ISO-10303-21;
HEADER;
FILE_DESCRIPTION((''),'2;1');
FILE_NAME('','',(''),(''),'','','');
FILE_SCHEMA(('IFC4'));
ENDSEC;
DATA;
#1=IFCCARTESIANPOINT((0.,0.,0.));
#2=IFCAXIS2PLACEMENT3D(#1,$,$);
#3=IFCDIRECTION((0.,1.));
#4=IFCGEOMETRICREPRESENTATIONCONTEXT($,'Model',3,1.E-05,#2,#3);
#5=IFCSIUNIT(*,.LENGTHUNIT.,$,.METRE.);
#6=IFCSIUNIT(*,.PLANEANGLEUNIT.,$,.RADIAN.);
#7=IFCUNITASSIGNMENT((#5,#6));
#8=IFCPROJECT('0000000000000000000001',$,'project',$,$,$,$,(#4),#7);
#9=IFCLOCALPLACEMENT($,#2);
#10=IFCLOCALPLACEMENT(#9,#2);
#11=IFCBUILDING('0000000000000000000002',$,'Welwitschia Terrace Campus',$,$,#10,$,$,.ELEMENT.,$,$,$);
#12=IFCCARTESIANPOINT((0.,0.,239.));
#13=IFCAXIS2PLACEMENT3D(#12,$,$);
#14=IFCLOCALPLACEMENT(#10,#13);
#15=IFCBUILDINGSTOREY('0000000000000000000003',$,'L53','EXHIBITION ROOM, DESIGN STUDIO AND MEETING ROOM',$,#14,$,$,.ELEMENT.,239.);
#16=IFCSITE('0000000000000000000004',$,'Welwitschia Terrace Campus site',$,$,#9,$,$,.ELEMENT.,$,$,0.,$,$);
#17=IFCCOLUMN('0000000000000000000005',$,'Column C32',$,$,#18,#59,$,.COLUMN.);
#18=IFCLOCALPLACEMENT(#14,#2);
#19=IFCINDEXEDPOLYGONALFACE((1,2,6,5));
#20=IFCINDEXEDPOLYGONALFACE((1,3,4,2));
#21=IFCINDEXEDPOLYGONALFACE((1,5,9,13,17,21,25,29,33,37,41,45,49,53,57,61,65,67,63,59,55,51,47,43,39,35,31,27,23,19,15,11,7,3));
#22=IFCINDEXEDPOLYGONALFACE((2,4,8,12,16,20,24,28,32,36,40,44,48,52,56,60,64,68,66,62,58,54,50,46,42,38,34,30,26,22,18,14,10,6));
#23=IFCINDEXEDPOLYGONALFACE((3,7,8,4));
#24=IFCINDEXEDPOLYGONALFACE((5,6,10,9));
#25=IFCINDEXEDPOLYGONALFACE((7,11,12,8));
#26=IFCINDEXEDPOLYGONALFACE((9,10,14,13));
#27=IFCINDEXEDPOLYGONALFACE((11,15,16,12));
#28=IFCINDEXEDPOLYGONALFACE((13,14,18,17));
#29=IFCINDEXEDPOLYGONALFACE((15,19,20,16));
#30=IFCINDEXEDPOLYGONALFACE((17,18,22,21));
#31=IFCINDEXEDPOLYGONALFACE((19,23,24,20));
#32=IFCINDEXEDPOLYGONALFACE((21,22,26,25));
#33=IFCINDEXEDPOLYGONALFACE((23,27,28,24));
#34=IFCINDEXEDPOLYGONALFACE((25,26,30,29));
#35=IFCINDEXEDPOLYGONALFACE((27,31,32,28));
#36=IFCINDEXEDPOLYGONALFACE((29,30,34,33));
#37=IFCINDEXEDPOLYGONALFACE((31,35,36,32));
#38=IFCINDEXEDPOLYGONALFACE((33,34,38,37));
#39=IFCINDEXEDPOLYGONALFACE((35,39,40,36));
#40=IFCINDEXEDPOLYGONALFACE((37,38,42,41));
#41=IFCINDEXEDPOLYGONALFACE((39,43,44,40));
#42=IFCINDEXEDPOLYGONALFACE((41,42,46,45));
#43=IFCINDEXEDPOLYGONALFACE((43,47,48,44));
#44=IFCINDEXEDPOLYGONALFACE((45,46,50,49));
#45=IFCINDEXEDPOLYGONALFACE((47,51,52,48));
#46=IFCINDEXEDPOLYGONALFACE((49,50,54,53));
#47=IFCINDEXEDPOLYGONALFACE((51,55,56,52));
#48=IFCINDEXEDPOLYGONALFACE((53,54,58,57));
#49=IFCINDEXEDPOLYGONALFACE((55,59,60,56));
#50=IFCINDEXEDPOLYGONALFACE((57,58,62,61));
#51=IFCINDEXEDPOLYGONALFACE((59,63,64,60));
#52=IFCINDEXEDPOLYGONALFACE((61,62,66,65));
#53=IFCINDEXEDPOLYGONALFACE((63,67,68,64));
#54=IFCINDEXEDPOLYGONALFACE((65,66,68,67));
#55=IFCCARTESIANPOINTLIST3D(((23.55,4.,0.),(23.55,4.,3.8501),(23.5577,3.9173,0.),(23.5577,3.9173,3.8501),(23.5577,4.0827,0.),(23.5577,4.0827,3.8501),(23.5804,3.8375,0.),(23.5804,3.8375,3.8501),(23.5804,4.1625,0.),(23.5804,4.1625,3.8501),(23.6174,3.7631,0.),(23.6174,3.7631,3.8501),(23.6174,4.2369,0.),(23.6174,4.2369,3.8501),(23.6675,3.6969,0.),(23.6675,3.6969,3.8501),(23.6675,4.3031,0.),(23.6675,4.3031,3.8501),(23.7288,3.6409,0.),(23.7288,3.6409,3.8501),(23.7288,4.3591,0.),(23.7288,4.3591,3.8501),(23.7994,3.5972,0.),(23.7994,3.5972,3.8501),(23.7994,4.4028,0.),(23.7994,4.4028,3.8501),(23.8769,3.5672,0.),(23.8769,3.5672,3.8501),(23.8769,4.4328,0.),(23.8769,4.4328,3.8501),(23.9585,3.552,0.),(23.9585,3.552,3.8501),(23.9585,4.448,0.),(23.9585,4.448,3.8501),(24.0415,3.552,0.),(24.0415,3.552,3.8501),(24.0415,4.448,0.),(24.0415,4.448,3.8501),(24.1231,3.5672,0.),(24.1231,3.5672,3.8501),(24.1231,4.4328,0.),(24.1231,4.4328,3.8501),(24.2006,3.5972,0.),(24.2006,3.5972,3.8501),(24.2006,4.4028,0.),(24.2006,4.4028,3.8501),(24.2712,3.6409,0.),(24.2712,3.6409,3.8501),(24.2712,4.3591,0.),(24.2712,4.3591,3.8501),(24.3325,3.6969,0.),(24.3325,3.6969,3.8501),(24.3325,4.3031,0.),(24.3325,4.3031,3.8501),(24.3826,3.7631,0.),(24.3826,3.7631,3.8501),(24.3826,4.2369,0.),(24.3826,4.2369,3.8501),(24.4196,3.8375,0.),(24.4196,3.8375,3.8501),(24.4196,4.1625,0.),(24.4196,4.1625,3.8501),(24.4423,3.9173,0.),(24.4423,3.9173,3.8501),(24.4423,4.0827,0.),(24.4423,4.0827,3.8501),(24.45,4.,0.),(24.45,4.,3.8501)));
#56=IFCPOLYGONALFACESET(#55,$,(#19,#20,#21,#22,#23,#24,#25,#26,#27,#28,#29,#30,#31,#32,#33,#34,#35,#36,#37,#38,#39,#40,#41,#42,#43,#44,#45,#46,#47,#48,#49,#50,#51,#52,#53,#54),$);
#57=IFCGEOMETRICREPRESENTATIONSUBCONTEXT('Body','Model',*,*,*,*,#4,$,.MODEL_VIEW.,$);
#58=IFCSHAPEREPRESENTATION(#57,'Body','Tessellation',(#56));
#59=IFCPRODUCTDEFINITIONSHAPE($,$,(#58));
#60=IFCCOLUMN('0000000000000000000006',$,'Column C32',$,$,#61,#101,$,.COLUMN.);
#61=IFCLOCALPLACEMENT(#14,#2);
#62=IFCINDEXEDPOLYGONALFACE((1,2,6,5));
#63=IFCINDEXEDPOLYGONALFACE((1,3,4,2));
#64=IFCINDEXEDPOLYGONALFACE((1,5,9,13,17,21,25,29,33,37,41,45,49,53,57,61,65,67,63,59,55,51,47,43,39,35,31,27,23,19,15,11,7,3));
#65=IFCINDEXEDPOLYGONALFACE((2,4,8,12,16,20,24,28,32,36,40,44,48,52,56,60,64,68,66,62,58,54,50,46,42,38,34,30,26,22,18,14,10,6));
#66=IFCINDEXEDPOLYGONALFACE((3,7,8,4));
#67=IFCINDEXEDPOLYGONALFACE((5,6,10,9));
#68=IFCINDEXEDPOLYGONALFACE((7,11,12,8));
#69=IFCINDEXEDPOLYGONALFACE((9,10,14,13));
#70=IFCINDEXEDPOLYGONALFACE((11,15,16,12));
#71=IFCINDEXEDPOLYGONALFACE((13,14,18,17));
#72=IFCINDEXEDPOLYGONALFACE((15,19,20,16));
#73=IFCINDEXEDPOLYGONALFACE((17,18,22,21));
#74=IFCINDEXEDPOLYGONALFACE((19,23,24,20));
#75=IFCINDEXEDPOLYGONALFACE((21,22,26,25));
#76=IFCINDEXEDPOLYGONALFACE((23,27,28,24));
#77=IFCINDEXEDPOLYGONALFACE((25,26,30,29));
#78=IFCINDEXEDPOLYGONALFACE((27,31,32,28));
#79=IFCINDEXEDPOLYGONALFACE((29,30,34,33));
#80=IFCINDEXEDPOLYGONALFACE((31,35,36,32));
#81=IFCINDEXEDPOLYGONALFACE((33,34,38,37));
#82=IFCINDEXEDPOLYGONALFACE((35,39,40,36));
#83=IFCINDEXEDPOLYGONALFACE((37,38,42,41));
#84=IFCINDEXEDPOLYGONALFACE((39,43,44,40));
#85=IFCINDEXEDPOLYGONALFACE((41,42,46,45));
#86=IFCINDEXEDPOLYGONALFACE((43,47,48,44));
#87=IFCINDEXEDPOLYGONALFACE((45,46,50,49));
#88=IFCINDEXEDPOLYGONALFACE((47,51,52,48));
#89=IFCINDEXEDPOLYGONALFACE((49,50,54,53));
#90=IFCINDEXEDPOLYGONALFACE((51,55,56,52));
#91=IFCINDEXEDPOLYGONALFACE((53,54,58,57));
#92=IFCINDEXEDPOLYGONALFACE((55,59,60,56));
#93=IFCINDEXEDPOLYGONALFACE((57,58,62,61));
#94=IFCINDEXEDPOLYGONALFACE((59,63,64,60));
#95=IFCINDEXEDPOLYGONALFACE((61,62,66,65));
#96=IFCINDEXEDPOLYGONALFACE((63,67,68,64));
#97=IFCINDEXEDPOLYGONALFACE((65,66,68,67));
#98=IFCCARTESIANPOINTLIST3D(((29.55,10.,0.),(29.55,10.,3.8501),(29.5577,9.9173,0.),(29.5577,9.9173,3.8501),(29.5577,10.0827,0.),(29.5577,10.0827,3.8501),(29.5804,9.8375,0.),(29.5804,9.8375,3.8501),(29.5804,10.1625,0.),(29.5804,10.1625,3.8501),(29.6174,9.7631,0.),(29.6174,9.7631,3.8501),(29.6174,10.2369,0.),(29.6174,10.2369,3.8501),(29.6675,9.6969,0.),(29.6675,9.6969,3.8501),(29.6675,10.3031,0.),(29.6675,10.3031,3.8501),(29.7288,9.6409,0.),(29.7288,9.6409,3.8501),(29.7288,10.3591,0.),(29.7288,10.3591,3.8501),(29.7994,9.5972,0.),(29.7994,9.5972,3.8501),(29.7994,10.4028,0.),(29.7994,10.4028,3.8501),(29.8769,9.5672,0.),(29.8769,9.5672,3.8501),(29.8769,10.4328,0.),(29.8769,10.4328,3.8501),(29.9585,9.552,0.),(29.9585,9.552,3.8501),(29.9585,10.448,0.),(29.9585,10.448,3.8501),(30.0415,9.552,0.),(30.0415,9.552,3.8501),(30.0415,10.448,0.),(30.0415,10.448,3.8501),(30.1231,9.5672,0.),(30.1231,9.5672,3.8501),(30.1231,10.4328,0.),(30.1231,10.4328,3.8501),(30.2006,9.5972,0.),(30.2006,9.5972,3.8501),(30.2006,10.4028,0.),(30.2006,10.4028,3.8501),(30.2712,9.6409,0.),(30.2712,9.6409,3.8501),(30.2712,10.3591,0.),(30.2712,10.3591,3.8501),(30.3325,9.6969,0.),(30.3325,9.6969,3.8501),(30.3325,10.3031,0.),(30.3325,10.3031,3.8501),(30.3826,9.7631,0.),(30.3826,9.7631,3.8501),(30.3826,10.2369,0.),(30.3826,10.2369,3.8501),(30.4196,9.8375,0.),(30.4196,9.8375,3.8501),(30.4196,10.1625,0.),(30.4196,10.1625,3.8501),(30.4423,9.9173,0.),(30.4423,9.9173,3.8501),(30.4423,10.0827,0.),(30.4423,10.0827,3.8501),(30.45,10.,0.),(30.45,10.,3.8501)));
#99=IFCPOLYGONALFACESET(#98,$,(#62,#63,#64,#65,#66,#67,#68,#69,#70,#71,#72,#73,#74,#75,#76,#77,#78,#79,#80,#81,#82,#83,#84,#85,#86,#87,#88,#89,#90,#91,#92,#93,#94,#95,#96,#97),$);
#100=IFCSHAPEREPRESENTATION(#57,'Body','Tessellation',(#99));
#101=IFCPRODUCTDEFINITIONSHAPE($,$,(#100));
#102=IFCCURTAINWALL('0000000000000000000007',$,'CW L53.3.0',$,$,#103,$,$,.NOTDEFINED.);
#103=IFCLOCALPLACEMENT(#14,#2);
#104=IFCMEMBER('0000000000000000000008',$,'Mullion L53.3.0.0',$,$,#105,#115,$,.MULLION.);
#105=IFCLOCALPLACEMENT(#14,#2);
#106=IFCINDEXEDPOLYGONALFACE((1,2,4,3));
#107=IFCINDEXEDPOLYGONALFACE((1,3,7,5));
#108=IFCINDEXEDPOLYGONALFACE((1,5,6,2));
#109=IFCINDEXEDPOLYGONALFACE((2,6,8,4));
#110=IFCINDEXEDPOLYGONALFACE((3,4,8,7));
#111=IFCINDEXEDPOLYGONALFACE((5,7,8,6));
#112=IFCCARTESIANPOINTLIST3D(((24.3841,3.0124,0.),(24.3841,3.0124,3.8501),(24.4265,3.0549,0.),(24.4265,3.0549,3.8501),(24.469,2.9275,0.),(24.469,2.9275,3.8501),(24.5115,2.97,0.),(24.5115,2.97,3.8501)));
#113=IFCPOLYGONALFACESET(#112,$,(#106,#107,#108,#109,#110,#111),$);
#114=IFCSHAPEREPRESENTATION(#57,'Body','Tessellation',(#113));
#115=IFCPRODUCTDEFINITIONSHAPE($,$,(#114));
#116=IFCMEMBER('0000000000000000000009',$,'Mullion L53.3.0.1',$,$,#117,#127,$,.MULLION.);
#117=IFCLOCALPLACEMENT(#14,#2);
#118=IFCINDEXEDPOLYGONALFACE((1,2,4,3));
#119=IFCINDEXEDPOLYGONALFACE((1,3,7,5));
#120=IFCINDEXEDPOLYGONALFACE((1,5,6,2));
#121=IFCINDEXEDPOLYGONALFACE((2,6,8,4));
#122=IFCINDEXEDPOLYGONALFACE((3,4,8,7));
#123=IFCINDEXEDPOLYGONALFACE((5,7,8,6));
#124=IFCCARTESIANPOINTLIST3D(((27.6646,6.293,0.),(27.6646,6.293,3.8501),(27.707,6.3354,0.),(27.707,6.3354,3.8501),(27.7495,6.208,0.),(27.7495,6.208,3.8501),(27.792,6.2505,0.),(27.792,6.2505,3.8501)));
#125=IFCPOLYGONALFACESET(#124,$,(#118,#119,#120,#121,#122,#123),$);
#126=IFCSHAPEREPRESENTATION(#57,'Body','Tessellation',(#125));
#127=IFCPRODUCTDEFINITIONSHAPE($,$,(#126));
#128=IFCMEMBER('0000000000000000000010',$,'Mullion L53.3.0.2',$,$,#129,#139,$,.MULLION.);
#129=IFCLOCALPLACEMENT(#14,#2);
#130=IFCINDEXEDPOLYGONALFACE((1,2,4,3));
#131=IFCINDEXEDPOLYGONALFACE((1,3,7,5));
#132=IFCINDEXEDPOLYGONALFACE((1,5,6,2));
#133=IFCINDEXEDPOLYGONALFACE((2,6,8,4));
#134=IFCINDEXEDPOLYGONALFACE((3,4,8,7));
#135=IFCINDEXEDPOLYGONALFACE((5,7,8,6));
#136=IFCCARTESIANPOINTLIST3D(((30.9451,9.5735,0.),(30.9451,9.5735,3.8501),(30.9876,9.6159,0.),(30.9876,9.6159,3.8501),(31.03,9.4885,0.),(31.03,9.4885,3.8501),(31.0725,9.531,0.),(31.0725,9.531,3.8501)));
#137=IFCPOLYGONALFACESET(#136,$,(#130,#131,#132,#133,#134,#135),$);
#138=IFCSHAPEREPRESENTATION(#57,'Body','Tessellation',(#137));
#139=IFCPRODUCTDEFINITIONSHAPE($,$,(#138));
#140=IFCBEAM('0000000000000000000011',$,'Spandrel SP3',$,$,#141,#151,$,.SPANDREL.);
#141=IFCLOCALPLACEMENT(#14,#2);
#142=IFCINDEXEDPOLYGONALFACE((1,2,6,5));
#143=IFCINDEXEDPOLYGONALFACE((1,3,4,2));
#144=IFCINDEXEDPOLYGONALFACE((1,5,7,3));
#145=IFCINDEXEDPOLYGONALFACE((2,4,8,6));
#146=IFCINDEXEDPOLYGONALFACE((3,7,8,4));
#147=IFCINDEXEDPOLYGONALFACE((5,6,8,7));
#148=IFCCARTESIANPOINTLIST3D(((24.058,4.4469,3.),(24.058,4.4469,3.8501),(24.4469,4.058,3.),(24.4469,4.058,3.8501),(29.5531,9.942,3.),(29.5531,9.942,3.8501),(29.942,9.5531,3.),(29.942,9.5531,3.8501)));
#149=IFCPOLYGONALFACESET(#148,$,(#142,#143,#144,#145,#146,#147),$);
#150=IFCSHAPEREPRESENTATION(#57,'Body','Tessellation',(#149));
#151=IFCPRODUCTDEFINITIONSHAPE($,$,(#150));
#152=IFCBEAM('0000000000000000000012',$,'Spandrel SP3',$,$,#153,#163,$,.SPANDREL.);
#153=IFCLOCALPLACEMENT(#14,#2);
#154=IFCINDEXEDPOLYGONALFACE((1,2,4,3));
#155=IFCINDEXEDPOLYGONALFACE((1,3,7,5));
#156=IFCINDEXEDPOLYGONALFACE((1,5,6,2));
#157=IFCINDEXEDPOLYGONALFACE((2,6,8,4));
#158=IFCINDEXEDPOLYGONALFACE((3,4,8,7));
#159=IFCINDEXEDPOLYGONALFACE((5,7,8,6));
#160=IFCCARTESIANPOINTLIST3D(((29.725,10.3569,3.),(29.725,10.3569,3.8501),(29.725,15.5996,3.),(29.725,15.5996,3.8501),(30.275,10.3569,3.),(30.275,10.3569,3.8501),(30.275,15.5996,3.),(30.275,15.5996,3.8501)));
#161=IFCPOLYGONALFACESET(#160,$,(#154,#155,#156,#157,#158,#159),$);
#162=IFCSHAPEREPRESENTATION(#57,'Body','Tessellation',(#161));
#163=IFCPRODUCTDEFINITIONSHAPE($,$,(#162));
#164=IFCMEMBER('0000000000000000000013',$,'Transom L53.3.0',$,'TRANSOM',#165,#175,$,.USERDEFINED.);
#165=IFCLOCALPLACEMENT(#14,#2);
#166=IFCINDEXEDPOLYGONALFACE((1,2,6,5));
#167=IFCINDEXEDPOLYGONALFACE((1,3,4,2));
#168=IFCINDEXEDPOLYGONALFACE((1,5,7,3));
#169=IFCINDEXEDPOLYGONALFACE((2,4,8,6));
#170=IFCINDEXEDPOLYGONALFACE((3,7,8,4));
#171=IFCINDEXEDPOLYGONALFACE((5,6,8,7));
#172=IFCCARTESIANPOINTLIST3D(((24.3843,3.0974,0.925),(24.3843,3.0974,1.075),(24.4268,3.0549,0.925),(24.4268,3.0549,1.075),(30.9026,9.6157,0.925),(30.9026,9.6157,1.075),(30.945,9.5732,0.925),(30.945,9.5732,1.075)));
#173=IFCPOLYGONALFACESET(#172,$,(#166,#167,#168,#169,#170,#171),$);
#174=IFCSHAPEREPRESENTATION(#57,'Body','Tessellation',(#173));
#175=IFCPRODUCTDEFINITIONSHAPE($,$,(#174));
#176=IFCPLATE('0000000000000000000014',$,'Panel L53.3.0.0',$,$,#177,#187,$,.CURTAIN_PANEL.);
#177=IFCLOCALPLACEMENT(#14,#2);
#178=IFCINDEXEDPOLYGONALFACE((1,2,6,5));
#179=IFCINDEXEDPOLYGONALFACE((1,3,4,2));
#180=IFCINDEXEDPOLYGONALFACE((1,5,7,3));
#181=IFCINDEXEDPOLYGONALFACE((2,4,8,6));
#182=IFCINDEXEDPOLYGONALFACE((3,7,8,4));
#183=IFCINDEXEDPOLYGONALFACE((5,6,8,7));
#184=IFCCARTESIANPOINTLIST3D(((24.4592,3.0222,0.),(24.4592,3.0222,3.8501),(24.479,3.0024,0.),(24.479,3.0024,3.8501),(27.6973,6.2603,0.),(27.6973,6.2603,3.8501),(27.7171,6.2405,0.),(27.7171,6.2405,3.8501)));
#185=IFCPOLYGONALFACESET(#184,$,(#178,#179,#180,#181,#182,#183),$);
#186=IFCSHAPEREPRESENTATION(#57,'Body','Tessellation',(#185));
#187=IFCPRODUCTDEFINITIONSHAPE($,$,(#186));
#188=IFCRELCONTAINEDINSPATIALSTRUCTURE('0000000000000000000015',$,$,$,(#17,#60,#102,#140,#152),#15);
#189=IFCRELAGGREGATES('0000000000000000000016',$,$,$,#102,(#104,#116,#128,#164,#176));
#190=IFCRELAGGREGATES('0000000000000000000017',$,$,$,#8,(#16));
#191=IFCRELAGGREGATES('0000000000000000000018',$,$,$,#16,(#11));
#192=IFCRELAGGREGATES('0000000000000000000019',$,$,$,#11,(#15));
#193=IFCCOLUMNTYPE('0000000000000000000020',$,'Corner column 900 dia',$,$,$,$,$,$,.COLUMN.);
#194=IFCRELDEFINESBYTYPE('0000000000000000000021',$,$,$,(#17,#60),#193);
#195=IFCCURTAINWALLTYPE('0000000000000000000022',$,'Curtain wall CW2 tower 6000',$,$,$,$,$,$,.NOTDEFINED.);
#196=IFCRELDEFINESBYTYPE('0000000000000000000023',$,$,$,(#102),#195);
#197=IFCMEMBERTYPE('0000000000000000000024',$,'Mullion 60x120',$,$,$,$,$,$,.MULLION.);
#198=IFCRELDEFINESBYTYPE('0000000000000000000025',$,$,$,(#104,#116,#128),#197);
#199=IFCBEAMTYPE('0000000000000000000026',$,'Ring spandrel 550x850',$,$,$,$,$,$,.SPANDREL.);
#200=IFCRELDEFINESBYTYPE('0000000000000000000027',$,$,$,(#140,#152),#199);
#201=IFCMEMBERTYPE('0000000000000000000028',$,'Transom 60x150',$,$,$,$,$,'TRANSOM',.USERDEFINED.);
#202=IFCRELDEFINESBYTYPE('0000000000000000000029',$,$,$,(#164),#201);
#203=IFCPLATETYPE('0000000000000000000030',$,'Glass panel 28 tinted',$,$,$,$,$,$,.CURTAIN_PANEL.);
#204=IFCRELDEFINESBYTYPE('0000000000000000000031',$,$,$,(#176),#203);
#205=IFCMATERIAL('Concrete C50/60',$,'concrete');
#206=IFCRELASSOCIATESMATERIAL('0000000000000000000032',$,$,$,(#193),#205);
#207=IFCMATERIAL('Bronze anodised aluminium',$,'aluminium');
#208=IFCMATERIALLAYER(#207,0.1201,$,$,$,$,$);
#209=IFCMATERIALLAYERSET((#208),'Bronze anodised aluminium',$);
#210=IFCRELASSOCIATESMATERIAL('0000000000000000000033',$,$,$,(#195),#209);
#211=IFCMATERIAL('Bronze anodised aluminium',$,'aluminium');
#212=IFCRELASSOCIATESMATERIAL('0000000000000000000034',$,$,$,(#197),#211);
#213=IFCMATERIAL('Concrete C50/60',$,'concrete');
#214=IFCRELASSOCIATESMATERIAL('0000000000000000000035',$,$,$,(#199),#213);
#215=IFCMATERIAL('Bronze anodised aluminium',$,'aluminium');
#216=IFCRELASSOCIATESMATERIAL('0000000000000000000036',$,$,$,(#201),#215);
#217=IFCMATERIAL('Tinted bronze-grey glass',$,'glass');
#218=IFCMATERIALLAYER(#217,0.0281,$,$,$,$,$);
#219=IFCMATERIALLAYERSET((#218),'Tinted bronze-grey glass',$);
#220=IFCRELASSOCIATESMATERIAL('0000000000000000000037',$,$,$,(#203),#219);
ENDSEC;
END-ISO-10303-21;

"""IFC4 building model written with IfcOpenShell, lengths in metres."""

from ifc_helpers import new_model, si_unit, direction, frame, origin, origin_2d, place, context, subcontext, project, spatial, rectangle, circle, extrude, material, layer, layer_set, material_profile, profile_set, type_object, element, aggregate, save


model = new_model("IFC4")

# Units and contexts
model_context = context("Model", 3, precision=1e-05, world=origin(), true_north=direction((0.0, 1.0)))
body_context = subcontext(model_context, "Body", "Model", "MODEL_VIEW")
ifc_project = project(units=[si_unit("LENGTHUNIT", "METRE"), si_unit("PLANEANGLEUNIT", "RADIAN")], contexts=[model_context])

# Site, building, storey
site_placement = place(None, origin())
site = spatial("IfcSite", under=ifc_project, at=site_placement, Name="Welwitschia Terrace Campus site", CompositionType="ELEMENT", RefElevation=0.0)
building_placement = place(site_placement, origin())
building = spatial("IfcBuilding", under=site, at=building_placement, Name="Welwitschia Terrace Campus", CompositionType="ELEMENT")
storey_placement = place(building_placement, frame((0.0, 0.0, 239.0)))
storey = spatial("IfcBuildingStorey", under=building, at=storey_placement, Name="L53", Description="EXHIBITION ROOM, DESIGN STUDIO AND MEETING ROOM", CompositionType="ELEMENT", Elevation=239.0)

# Columns
ifc_material_1 = material(Name="Concrete C50/60", Category="concrete")
ifc_material_profile_1 = material_profile(ifc_material_1, circle(Radius=0.45, at=origin_2d()))
ifc_profile_set_1 = profile_set([ifc_material_profile_1], Name="Concrete C50/60")
column_type = type_object("IfcColumnType", Name="Corner column 900 dia", PredefinedType="COLUMN", material=ifc_profile_set_1)
for number, where, z_axis, x_axis, name in (
    (1, (24.0, 4.0, 0.0), (0.0, 0.0, 1.0), (1.0, 0.0, 0.0), "Column C32"),
    (2, (30.0, 10.0, 0.0), (0.0, 0.0, 1.0), (1.0, 0.0, 0.0), "Column C32"),
):
    element("IfcColumn", number, at=place(storey_placement, frame(where, z_axis=z_axis, x_axis=x_axis)), inside=storey, type_object=column_type, Name=name, PredefinedType="COLUMN", context=body_context, shape_type="SweptSolid", body=[
        extrude(circle(Radius=0.45, at=origin_2d()), origin(), (0.0, 0.0, 1.0), 3.8501),
    ])

# Curtain wall, members
ifc_material_2 = material(Name="Bronze anodised aluminium", Category="aluminium")
ifc_layer_1 = layer(ifc_material_2, 0.1201)
ifc_layer_set_1 = layer_set([ifc_layer_1], Name="Bronze anodised aluminium")
curtain_wall_type = type_object("IfcCurtainWallType", Name="Curtain wall CW2 tower 6000", PredefinedType="NOTDEFINED", material=ifc_layer_set_1)
curtain_wall_placement = place(storey_placement, origin())
curtain_wall = element("IfcCurtainWall", 3, at=curtain_wall_placement, inside=storey, type_object=curtain_wall_type, Name="CW L53.3.0", PredefinedType="NOTDEFINED")
ifc_material_3 = material(Name="Bronze anodised aluminium", Category="aluminium")
ifc_material_profile_2 = material_profile(ifc_material_3, rectangle(XDim=0.1201, YDim=0.0601, at=origin_2d()))
ifc_profile_set_2 = profile_set([ifc_material_profile_2], Name="Bronze anodised aluminium")
member_type_1 = type_object("IfcMemberType", Name="Mullion 60x120", PredefinedType="MULLION", material=ifc_profile_set_2)
member_1_placement = place(storey_placement, frame((24.4478, 2.9912, 0.0), z_axis=(0.0, 0.0, 1.0), x_axis=(-0.707107, 0.707107, 0.0)))
member_1 = element("IfcMember", 4, at=member_1_placement, type_object=member_type_1, Name="Mullion L53.3.0.0", PredefinedType="MULLION", context=body_context, shape_type="SweptSolid", body=[
    extrude(rectangle(XDim=0.1201, YDim=0.0601, at=origin_2d()), origin(), (0.0, 0.0, 1.0), 3.8501),
])
member_2_placement = place(storey_placement, frame((27.7283, 6.2717, 0.0), z_axis=(0.0, 0.0, 1.0), x_axis=(-0.707107, 0.707107, 0.0)))
member_2 = element("IfcMember", 5, at=member_2_placement, type_object=member_type_1, Name="Mullion L53.3.0.1", PredefinedType="MULLION", context=body_context, shape_type="SweptSolid", body=[
    extrude(rectangle(XDim=0.1201, YDim=0.0601, at=origin_2d()), origin(), (0.0, 0.0, 1.0), 3.8501),
])
member_3_placement = place(storey_placement, frame((31.0088, 9.5522, 0.0), z_axis=(0.0, 0.0, 1.0), x_axis=(-0.707107, 0.707107, 0.0)))
member_3 = element("IfcMember", 6, at=member_3_placement, type_object=member_type_1, Name="Mullion L53.3.0.2", PredefinedType="MULLION", context=body_context, shape_type="SweptSolid", body=[
    extrude(rectangle(XDim=0.1201, YDim=0.0601, at=origin_2d()), origin(), (0.0, 0.0, 1.0), 3.8501),
])

# Beams
ifc_material_4 = material(Name="Concrete C50/60", Category="concrete")
ifc_material_profile_3 = material_profile(ifc_material_4, rectangle(XDim=0.55, YDim=0.8501, at=origin_2d()))
ifc_profile_set_3 = profile_set([ifc_material_profile_3], Name="Concrete C50/60")
beam_type = type_object("IfcBeamType", Name="Ring spandrel 550x850", PredefinedType="SPANDREL", material=ifc_profile_set_3)
beam_1_placement = place(storey_placement, frame((24.2524, 4.2524, 3.425), z_axis=(0.707107, 0.707107, 0.0), x_axis=(-0.707107, 0.707107, 0.0)))
element("IfcBeam", 7, at=beam_1_placement, inside=storey, type_object=beam_type, Name="Spandrel SP3", PredefinedType="SPANDREL", context=body_context, shape_type="SweptSolid", body=[
    extrude(rectangle(XDim=0.55, YDim=0.8501, at=origin_2d()), origin(), (0.0, 0.0, 1.0), 7.7712),
])
beam_2_placement = place(storey_placement, frame((30.0, 10.3569, 3.425), z_axis=(0.0, 1.0, 0.0), x_axis=(-1.0, 0.0, 0.0)))
element("IfcBeam", 8, at=beam_2_placement, inside=storey, type_object=beam_type, Name="Spandrel SP3", PredefinedType="SPANDREL", context=body_context, shape_type="SweptSolid", body=[
    extrude(rectangle(XDim=0.55, YDim=0.8501, at=origin_2d()), origin(), (0.0, 0.0, 1.0), 5.2427),
])

# Member
ifc_material_5 = material(Name="Bronze anodised aluminium", Category="aluminium")
ifc_material_profile_4 = material_profile(ifc_material_5, rectangle(XDim=0.0601, YDim=0.1499, at=origin_2d()))
ifc_profile_set_4 = profile_set([ifc_material_profile_4], Name="Bronze anodised aluminium")
member_type_2 = type_object("IfcMemberType", Name="Transom 60x150", ElementType="TRANSOM", PredefinedType="USERDEFINED", material=ifc_profile_set_4)
member_4_placement = place(storey_placement, frame((24.4055, 3.0762, 1.0), z_axis=(0.707107, 0.707107, 0.0), x_axis=(-0.707107, 0.707107, 0.0)))
member_4 = element("IfcMember", 9, at=member_4_placement, type_object=member_type_2, Name="Transom L53.3.0", ObjectType="TRANSOM", PredefinedType="USERDEFINED", context=body_context, shape_type="SweptSolid", body=[
    extrude(rectangle(XDim=0.0601, YDim=0.1499, at=origin_2d()), origin(), (0.0, 0.0, 1.0), 9.2183),
])

# Plate
ifc_material_6 = material(Name="Tinted bronze-grey glass", Category="glass")
ifc_layer_2 = layer(ifc_material_6, 0.0281)
ifc_layer_set_2 = layer_set([ifc_layer_2], Name="Tinted bronze-grey glass")
plate_type = type_object("IfcPlateType", Name="Glass panel 28 tinted", PredefinedType="CURTAIN_PANEL", material=ifc_layer_set_2)
plate_1_placement = place(storey_placement, frame((26.0881, 4.6313, 0.0), z_axis=(0.0, 0.0, 1.0), x_axis=(0.707107, 0.707107, 0.0)))
plate_1 = element("IfcPlate", 10, at=plate_1_placement, type_object=plate_type, Name="Panel L53.3.0.0", PredefinedType="CURTAIN_PANEL", context=body_context, shape_type="SweptSolid", body=[
    extrude(rectangle(XDim=4.5793, YDim=0.0281, at=origin_2d()), origin(), (0.0, 0.0, 1.0), 3.8501),
])
aggregate(curtain_wall, [member_1, member_2, member_3, member_4, plate_1])

save(model, "model.ifc")
